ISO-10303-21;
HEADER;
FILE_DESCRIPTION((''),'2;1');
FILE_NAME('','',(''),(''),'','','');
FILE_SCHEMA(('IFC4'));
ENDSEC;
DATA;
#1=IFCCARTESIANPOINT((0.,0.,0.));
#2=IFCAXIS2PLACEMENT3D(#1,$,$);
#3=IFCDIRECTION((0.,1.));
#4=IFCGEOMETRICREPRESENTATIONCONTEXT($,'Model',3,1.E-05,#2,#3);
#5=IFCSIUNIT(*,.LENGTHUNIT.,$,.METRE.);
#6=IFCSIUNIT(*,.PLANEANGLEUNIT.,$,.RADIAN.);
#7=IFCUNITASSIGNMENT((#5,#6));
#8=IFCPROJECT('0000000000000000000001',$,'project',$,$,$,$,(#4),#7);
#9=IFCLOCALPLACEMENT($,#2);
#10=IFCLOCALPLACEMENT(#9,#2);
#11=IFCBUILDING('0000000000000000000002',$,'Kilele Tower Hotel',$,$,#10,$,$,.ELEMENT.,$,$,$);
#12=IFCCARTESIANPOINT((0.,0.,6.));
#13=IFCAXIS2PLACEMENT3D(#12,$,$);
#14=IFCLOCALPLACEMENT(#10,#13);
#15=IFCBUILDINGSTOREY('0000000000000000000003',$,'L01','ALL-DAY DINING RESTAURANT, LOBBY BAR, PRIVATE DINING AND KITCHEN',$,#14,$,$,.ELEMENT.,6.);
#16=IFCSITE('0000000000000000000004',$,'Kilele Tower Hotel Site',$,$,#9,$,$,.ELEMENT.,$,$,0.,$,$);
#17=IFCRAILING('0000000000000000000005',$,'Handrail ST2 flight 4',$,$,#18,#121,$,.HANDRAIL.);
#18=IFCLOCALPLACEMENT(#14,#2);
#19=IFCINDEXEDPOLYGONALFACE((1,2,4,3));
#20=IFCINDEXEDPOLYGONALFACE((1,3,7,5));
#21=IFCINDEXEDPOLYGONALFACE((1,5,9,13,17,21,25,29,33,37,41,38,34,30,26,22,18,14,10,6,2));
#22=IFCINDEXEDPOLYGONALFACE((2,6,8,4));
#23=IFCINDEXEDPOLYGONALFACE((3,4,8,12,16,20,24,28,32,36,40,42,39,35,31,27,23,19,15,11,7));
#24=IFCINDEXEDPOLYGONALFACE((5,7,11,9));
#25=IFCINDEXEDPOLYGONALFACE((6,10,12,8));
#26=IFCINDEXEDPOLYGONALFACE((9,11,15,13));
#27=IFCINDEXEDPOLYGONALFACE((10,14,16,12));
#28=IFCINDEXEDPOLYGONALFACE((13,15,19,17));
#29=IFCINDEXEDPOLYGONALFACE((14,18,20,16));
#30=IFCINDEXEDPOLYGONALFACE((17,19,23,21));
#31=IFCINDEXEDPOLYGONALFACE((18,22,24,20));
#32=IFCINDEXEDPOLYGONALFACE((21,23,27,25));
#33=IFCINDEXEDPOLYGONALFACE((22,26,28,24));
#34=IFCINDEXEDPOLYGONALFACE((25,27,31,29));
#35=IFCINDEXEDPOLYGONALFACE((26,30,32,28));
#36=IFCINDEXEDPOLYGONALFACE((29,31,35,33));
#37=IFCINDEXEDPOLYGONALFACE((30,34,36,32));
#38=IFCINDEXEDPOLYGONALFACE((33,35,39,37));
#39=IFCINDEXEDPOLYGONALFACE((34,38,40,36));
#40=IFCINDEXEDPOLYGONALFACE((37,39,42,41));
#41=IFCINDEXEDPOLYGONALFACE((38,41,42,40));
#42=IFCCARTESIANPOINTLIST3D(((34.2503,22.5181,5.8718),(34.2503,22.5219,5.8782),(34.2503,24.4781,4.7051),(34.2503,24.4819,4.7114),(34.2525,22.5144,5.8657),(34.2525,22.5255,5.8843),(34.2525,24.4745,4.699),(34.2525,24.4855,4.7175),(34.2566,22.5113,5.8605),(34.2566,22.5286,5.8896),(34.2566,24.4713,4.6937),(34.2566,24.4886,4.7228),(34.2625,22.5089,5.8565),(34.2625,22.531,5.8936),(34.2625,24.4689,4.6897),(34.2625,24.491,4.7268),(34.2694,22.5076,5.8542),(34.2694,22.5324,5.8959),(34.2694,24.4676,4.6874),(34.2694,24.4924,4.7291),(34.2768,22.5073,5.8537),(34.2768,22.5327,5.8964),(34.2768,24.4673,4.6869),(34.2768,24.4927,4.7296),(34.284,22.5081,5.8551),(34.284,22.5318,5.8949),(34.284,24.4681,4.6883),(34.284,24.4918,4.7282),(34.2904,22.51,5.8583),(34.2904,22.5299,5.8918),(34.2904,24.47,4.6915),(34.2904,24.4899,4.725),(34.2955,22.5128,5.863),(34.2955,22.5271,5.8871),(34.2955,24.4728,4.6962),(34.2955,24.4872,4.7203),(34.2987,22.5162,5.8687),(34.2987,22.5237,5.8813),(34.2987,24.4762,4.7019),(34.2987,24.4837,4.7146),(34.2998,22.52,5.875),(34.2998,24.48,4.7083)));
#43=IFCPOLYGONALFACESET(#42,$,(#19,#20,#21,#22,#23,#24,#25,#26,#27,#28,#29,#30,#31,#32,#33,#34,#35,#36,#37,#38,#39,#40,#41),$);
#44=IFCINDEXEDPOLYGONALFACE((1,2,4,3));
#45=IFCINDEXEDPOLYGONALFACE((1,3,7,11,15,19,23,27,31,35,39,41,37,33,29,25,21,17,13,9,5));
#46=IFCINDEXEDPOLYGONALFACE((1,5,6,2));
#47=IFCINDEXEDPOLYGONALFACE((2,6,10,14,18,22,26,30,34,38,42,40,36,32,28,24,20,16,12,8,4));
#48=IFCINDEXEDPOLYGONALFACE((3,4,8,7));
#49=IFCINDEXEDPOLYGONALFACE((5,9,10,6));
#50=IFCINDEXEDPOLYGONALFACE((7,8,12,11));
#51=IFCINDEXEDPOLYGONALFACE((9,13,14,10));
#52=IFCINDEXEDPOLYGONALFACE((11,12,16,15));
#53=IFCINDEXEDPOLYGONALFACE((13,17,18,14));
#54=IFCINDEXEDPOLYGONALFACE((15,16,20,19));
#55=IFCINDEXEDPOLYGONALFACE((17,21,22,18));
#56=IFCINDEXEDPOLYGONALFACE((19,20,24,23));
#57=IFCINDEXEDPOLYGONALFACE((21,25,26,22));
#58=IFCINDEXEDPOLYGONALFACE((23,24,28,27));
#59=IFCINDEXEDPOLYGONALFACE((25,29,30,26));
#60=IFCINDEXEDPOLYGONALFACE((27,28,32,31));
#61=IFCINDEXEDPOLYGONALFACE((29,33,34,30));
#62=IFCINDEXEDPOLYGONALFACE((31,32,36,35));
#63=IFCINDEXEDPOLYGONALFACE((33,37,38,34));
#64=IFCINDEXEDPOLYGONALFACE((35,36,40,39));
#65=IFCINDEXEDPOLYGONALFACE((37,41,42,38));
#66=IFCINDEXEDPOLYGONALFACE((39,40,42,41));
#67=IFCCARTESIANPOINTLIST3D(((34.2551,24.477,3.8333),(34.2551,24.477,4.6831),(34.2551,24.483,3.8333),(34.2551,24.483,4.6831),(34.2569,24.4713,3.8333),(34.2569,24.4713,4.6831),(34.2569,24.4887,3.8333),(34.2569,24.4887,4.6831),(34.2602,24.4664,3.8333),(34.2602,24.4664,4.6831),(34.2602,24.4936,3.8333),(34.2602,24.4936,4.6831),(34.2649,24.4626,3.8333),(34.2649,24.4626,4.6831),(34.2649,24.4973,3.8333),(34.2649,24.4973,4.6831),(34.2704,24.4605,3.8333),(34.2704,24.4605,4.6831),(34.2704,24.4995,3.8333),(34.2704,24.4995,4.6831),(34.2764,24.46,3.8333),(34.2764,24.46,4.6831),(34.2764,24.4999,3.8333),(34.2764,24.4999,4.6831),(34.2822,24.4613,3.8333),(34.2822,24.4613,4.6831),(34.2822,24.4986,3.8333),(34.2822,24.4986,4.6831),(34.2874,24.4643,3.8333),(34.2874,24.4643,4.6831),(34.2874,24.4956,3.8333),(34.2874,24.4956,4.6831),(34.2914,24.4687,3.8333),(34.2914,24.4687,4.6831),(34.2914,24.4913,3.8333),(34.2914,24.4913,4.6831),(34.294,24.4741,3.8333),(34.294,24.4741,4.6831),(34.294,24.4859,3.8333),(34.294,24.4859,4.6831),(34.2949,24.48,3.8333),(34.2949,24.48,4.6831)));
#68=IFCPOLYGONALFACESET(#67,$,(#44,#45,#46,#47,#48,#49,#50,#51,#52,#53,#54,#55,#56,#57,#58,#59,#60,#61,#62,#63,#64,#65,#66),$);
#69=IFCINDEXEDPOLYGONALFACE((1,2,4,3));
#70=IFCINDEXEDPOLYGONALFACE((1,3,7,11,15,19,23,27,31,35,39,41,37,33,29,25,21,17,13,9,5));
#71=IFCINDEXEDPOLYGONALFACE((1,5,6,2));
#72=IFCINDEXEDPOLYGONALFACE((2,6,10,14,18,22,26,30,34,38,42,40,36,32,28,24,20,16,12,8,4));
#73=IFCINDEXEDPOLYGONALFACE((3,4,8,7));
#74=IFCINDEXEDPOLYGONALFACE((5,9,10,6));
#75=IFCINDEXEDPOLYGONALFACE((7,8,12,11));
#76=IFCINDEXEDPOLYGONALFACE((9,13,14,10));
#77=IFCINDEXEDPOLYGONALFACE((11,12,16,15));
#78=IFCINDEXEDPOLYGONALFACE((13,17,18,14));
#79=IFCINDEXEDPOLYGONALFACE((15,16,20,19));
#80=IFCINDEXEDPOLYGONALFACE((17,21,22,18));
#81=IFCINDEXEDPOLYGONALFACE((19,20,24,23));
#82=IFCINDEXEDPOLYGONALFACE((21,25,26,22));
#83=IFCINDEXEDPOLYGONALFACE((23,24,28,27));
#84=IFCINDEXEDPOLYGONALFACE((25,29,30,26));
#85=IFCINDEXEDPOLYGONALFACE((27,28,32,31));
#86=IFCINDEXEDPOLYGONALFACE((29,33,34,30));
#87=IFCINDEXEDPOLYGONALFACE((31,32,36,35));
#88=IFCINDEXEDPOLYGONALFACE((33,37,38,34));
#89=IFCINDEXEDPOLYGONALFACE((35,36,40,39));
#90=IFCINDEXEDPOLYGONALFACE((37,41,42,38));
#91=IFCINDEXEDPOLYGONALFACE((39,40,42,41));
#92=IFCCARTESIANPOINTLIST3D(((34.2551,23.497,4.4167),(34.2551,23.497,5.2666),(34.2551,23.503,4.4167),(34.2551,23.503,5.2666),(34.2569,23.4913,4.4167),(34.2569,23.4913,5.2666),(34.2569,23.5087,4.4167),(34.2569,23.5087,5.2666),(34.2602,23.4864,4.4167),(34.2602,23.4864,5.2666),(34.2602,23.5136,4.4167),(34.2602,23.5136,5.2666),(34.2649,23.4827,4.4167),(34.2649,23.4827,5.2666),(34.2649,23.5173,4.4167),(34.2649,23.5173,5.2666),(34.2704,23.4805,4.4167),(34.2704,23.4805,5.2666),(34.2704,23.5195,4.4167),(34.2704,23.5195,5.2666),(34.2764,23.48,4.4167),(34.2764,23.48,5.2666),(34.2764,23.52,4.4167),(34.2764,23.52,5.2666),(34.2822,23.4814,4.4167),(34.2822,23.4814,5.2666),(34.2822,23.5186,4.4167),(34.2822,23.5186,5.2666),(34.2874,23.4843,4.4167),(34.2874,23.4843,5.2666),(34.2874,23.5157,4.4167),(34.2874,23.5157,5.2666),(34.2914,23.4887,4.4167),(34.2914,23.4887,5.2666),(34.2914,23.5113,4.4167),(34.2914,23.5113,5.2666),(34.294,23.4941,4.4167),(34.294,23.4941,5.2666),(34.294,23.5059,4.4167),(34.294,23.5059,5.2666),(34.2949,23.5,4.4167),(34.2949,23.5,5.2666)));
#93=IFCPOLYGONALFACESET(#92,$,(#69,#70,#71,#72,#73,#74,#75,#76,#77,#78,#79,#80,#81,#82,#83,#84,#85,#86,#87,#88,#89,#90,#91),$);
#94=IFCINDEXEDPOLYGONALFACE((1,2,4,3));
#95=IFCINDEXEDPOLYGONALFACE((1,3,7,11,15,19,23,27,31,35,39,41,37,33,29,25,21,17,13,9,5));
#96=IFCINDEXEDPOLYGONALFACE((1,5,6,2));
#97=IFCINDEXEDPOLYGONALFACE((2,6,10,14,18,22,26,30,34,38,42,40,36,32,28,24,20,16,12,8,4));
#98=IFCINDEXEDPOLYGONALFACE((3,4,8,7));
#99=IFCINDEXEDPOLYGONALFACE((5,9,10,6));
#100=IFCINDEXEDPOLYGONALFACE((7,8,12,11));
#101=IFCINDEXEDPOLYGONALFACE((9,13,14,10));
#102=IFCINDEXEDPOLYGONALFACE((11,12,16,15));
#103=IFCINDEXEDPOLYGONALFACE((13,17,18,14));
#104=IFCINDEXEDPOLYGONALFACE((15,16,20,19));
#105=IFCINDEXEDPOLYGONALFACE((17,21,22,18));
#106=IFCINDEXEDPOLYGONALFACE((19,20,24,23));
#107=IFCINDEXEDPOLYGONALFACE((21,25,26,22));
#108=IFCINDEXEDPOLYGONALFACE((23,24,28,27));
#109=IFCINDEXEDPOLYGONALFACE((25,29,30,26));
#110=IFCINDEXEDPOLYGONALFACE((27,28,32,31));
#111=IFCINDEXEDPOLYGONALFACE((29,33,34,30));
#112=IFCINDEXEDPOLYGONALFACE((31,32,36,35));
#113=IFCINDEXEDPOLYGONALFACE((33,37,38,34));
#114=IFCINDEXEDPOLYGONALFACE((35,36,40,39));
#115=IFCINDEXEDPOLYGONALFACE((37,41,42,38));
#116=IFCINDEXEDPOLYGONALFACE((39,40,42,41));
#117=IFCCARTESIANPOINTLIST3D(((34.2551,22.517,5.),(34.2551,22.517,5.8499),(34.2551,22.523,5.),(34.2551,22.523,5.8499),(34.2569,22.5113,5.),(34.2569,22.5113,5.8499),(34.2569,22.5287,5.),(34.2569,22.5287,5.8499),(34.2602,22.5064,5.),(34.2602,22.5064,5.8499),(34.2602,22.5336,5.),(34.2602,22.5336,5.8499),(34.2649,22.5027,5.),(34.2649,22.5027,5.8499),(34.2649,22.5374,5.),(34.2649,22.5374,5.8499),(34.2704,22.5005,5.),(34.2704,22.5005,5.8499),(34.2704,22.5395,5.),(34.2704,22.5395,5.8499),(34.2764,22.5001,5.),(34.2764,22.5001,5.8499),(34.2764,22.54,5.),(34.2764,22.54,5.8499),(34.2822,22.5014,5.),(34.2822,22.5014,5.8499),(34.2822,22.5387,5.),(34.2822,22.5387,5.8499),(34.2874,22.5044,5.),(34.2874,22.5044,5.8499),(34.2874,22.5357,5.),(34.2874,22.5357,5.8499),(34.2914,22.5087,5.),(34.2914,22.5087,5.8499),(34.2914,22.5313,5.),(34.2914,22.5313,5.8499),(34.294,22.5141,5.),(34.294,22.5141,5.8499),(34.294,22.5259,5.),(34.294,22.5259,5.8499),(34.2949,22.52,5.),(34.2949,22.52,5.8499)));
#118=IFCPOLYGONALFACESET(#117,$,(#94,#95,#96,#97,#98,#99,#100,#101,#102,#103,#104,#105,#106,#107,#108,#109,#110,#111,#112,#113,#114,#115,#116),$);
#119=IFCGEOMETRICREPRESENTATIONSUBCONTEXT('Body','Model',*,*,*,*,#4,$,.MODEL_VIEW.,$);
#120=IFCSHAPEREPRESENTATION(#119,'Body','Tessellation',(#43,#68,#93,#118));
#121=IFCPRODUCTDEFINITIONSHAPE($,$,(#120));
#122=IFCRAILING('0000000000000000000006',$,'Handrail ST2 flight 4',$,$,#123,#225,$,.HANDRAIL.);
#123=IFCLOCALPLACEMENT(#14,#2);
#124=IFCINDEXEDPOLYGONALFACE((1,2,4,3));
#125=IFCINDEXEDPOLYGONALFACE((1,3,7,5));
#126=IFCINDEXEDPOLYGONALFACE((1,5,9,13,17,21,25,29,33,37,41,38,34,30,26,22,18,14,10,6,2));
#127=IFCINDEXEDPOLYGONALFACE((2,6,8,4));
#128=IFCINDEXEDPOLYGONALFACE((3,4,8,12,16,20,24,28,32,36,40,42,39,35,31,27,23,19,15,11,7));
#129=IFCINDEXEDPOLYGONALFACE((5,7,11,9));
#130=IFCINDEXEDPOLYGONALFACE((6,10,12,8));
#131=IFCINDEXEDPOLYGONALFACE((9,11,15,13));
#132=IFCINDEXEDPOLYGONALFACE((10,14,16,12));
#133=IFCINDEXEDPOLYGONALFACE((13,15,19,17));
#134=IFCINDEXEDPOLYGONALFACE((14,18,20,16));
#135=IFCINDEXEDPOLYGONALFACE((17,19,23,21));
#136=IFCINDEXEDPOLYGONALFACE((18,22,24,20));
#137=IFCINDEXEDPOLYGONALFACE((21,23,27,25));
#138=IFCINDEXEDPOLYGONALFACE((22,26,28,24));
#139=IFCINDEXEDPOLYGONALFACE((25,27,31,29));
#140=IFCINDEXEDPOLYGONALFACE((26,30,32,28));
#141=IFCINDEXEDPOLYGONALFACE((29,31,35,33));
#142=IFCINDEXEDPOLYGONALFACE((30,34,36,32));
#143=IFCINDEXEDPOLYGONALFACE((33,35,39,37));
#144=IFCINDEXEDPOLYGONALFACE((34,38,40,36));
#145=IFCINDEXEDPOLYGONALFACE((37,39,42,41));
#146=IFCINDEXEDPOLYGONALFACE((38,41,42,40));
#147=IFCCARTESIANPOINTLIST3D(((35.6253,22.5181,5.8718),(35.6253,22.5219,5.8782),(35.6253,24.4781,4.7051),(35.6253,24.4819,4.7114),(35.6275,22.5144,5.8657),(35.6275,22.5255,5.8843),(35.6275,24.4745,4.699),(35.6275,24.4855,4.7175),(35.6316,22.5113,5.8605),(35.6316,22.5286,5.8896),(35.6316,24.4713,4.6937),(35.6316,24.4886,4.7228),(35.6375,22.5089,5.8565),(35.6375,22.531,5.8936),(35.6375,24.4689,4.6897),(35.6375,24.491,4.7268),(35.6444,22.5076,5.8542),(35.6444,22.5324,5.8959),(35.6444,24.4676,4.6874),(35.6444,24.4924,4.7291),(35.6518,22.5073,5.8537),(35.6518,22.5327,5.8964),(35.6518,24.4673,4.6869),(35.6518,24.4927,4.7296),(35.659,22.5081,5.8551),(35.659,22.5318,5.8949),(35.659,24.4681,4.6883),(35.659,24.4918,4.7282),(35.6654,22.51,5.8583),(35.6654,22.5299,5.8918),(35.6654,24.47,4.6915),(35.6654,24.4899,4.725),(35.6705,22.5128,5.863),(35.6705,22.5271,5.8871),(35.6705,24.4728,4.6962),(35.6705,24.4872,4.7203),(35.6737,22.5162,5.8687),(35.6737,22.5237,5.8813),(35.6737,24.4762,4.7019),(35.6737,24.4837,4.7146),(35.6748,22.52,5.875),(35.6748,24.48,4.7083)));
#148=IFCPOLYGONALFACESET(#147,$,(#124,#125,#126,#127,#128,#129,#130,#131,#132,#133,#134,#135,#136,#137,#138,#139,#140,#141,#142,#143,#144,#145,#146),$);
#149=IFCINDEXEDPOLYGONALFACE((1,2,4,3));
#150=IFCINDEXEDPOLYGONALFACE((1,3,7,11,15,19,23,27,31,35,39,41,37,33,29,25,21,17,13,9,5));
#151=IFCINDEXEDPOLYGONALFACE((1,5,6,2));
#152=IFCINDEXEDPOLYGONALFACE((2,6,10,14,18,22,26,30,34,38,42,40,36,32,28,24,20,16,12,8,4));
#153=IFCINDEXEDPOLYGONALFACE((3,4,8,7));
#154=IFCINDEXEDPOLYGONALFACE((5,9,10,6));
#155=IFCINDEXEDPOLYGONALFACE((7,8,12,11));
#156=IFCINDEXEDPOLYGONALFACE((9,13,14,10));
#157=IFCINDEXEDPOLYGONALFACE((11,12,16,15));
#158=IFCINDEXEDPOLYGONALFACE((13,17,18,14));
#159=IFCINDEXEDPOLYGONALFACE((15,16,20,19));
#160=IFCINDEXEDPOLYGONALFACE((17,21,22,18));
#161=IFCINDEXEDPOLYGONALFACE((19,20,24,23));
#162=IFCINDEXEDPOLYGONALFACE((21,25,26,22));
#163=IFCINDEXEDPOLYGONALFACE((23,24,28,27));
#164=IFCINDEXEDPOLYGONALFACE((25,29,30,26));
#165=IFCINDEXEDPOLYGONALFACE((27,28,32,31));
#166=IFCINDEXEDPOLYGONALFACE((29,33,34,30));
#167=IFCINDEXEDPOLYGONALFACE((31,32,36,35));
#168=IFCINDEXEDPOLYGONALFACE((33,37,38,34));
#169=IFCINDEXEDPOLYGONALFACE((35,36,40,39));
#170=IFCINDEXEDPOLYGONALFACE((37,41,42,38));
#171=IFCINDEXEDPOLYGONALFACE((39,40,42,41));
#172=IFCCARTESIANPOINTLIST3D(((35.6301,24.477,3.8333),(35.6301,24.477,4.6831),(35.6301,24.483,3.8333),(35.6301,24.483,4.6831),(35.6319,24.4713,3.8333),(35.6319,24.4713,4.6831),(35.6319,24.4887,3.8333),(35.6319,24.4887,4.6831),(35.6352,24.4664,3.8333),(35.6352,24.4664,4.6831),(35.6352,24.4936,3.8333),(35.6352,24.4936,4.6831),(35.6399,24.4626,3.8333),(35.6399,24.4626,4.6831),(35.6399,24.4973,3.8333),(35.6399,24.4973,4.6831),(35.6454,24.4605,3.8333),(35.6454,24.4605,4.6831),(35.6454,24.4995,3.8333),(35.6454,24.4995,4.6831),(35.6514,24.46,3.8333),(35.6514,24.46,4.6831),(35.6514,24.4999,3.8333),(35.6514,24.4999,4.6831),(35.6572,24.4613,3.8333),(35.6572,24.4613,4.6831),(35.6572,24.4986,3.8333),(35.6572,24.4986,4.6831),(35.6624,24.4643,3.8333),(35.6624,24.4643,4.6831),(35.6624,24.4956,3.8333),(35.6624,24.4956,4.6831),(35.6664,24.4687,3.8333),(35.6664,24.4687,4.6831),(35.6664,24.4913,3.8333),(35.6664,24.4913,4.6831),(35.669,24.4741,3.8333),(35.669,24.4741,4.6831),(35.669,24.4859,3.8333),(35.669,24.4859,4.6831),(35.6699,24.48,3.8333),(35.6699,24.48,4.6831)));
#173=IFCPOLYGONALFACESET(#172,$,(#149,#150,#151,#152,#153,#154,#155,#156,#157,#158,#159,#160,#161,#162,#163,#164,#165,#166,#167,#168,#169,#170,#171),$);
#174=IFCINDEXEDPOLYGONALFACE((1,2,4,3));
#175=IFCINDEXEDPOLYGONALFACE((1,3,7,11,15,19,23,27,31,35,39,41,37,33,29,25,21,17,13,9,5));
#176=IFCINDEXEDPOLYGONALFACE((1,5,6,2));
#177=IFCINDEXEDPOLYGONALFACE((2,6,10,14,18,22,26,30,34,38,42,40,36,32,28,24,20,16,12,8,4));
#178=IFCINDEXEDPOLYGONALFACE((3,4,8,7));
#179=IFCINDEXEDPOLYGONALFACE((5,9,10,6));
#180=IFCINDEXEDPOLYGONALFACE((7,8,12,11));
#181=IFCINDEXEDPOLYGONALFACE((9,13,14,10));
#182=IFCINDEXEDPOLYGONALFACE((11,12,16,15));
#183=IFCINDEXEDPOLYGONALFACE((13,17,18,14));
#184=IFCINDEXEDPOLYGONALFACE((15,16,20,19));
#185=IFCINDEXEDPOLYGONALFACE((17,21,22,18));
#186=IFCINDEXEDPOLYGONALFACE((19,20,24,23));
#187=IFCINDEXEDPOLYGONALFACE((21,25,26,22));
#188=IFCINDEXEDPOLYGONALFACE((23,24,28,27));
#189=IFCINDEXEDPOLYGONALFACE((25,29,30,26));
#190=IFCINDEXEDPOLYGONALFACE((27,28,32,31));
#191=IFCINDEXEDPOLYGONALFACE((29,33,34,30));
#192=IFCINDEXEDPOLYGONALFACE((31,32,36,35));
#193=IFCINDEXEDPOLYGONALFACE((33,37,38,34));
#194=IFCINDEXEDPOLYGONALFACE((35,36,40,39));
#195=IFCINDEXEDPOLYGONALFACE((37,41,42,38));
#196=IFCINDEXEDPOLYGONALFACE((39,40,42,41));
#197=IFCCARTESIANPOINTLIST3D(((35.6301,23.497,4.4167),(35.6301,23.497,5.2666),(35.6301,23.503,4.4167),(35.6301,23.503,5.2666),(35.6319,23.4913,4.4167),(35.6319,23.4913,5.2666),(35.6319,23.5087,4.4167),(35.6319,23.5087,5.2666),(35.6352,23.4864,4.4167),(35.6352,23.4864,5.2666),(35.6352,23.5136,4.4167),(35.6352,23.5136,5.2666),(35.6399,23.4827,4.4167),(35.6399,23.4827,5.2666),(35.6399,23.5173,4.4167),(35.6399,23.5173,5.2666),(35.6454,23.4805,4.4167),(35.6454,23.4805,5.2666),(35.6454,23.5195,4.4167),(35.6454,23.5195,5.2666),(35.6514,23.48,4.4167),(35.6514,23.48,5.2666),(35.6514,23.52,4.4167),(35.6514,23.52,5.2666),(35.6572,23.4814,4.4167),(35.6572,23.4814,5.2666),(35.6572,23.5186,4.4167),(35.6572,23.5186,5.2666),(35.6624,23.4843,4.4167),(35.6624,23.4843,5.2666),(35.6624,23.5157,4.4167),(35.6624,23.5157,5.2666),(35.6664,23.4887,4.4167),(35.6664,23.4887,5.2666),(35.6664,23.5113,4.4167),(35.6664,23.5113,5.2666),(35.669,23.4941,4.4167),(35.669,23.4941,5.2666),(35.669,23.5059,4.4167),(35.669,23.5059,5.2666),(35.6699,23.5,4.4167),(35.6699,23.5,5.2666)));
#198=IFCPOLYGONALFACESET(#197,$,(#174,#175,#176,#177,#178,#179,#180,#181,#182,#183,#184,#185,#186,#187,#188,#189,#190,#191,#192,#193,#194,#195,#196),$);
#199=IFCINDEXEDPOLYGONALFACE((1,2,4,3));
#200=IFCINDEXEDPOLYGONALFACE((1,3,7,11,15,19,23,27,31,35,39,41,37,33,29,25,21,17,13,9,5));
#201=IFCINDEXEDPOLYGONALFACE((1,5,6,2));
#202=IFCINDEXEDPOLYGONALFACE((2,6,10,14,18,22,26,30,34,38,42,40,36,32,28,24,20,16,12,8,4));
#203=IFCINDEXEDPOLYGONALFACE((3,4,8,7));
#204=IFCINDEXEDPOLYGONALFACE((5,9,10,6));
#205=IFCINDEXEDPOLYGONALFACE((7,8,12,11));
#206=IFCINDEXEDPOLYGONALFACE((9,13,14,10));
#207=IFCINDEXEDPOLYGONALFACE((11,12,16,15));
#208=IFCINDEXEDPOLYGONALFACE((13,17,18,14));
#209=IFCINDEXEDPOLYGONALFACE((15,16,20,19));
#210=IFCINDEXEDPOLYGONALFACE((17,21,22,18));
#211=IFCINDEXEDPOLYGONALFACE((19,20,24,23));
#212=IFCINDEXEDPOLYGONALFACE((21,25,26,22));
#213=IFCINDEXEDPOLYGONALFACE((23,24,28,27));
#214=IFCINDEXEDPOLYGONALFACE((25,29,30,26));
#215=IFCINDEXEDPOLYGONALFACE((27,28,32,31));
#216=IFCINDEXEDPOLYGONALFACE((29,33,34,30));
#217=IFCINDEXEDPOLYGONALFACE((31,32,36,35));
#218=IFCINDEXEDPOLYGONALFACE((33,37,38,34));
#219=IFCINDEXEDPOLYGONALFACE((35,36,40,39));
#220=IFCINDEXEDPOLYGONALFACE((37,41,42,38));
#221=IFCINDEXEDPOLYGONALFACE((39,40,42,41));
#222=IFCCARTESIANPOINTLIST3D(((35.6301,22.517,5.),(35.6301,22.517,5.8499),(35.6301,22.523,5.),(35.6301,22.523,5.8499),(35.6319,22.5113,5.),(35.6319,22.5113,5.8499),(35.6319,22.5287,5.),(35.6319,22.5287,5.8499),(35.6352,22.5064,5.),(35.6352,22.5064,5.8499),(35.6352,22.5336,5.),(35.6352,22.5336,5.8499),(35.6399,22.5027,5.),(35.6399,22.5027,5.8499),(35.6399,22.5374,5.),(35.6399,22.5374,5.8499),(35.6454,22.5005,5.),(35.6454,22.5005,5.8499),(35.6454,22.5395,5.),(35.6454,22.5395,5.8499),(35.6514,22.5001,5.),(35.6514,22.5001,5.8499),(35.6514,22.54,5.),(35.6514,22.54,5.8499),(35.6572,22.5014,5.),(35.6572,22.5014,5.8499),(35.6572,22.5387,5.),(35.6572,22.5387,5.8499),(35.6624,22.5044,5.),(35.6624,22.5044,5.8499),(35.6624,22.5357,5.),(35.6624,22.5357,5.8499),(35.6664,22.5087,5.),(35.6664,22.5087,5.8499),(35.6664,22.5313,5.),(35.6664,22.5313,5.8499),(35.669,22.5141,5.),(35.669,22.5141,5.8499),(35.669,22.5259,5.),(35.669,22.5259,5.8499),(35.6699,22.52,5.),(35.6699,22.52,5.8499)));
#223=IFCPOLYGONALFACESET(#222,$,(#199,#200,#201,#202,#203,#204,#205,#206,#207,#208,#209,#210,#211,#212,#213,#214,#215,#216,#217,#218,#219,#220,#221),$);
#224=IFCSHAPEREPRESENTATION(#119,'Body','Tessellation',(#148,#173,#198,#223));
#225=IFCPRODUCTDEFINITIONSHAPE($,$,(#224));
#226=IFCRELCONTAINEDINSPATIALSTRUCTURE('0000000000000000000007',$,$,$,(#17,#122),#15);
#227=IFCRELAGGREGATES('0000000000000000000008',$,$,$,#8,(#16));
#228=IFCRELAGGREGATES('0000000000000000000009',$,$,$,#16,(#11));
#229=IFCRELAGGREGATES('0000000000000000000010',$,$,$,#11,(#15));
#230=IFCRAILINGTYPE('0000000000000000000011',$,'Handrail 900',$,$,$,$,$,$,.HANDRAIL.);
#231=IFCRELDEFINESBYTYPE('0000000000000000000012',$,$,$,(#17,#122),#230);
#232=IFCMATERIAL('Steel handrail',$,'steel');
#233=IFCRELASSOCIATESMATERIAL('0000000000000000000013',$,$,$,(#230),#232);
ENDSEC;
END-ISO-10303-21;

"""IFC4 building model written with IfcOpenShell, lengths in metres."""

from ifc_helpers import new_model, si_unit, direction, frame, origin, origin_2d, place, context, subcontext, project, spatial, circle, extrude, material, type_object, element, save


model = new_model("IFC4")

# Units and contexts
model_context = context("Model", 3, precision=1e-05, world=origin(), true_north=direction((0.0, 1.0)))
body_context = subcontext(model_context, "Body", "Model", "MODEL_VIEW")
ifc_project = project(units=[si_unit("LENGTHUNIT", "METRE"), si_unit("PLANEANGLEUNIT", "RADIAN")], contexts=[model_context])

# Site, building, storey
site_placement = place(None, origin())
site = spatial("IfcSite", under=ifc_project, at=site_placement, Name="Kilele Tower Hotel Site", CompositionType="ELEMENT", RefElevation=0.0)
building_placement = place(site_placement, origin())
building = spatial("IfcBuilding", under=site, at=building_placement, Name="Kilele Tower Hotel", CompositionType="ELEMENT")
storey_placement = place(building_placement, frame((0.0, 0.0, 6.0)))
storey = spatial("IfcBuildingStorey", under=building, at=storey_placement, Name="L01", Description="ALL-DAY DINING RESTAURANT, LOBBY BAR, PRIVATE DINING AND KITCHEN", CompositionType="ELEMENT", Elevation=6.0)

# Railings
ifc_material_1 = material(Name="Steel handrail", Category="steel")
railing_type_1 = type_object("IfcRailingType", Name="Handrail 900", PredefinedType="HANDRAIL", material=ifc_material_1)
for number, where, name in (
    (1, (34.2749, 24.48, 3.8333), "Handrail ST2 flight 4"),
    (2, (35.6499, 24.48, 3.8333), "Handrail ST2 flight 4"),
):
    element("IfcRailing", number, at=place(storey_placement, frame(where)), inside=storey, type_object=railing_type_1, Name=name, PredefinedType="HANDRAIL", context=body_context, shape_type="SweptSolid", body=[
        extrude(circle(Radius=0.0249, at=origin_2d()), frame((0.0, 0.0, 0.875), z_axis=(0.0, -0.859273, 0.511518), x_axis=(1.0, 0.0, 0.0)), (0.0, 0.0, 1.0), 2.281),
        extrude(circle(Radius=0.02, at=origin_2d()), origin(), (0.0, 0.0, 1.0), 0.8499),
        extrude(circle(Radius=0.02, at=origin_2d()), frame((0.0, -0.98, 0.5835)), (0.0, 0.0, 1.0), 0.8499),
        extrude(circle(Radius=0.02, at=origin_2d()), frame((0.0, -1.96, 1.1667)), (0.0, 0.0, 1.0), 0.8499),
    ])

save(model, "model.ifc")
